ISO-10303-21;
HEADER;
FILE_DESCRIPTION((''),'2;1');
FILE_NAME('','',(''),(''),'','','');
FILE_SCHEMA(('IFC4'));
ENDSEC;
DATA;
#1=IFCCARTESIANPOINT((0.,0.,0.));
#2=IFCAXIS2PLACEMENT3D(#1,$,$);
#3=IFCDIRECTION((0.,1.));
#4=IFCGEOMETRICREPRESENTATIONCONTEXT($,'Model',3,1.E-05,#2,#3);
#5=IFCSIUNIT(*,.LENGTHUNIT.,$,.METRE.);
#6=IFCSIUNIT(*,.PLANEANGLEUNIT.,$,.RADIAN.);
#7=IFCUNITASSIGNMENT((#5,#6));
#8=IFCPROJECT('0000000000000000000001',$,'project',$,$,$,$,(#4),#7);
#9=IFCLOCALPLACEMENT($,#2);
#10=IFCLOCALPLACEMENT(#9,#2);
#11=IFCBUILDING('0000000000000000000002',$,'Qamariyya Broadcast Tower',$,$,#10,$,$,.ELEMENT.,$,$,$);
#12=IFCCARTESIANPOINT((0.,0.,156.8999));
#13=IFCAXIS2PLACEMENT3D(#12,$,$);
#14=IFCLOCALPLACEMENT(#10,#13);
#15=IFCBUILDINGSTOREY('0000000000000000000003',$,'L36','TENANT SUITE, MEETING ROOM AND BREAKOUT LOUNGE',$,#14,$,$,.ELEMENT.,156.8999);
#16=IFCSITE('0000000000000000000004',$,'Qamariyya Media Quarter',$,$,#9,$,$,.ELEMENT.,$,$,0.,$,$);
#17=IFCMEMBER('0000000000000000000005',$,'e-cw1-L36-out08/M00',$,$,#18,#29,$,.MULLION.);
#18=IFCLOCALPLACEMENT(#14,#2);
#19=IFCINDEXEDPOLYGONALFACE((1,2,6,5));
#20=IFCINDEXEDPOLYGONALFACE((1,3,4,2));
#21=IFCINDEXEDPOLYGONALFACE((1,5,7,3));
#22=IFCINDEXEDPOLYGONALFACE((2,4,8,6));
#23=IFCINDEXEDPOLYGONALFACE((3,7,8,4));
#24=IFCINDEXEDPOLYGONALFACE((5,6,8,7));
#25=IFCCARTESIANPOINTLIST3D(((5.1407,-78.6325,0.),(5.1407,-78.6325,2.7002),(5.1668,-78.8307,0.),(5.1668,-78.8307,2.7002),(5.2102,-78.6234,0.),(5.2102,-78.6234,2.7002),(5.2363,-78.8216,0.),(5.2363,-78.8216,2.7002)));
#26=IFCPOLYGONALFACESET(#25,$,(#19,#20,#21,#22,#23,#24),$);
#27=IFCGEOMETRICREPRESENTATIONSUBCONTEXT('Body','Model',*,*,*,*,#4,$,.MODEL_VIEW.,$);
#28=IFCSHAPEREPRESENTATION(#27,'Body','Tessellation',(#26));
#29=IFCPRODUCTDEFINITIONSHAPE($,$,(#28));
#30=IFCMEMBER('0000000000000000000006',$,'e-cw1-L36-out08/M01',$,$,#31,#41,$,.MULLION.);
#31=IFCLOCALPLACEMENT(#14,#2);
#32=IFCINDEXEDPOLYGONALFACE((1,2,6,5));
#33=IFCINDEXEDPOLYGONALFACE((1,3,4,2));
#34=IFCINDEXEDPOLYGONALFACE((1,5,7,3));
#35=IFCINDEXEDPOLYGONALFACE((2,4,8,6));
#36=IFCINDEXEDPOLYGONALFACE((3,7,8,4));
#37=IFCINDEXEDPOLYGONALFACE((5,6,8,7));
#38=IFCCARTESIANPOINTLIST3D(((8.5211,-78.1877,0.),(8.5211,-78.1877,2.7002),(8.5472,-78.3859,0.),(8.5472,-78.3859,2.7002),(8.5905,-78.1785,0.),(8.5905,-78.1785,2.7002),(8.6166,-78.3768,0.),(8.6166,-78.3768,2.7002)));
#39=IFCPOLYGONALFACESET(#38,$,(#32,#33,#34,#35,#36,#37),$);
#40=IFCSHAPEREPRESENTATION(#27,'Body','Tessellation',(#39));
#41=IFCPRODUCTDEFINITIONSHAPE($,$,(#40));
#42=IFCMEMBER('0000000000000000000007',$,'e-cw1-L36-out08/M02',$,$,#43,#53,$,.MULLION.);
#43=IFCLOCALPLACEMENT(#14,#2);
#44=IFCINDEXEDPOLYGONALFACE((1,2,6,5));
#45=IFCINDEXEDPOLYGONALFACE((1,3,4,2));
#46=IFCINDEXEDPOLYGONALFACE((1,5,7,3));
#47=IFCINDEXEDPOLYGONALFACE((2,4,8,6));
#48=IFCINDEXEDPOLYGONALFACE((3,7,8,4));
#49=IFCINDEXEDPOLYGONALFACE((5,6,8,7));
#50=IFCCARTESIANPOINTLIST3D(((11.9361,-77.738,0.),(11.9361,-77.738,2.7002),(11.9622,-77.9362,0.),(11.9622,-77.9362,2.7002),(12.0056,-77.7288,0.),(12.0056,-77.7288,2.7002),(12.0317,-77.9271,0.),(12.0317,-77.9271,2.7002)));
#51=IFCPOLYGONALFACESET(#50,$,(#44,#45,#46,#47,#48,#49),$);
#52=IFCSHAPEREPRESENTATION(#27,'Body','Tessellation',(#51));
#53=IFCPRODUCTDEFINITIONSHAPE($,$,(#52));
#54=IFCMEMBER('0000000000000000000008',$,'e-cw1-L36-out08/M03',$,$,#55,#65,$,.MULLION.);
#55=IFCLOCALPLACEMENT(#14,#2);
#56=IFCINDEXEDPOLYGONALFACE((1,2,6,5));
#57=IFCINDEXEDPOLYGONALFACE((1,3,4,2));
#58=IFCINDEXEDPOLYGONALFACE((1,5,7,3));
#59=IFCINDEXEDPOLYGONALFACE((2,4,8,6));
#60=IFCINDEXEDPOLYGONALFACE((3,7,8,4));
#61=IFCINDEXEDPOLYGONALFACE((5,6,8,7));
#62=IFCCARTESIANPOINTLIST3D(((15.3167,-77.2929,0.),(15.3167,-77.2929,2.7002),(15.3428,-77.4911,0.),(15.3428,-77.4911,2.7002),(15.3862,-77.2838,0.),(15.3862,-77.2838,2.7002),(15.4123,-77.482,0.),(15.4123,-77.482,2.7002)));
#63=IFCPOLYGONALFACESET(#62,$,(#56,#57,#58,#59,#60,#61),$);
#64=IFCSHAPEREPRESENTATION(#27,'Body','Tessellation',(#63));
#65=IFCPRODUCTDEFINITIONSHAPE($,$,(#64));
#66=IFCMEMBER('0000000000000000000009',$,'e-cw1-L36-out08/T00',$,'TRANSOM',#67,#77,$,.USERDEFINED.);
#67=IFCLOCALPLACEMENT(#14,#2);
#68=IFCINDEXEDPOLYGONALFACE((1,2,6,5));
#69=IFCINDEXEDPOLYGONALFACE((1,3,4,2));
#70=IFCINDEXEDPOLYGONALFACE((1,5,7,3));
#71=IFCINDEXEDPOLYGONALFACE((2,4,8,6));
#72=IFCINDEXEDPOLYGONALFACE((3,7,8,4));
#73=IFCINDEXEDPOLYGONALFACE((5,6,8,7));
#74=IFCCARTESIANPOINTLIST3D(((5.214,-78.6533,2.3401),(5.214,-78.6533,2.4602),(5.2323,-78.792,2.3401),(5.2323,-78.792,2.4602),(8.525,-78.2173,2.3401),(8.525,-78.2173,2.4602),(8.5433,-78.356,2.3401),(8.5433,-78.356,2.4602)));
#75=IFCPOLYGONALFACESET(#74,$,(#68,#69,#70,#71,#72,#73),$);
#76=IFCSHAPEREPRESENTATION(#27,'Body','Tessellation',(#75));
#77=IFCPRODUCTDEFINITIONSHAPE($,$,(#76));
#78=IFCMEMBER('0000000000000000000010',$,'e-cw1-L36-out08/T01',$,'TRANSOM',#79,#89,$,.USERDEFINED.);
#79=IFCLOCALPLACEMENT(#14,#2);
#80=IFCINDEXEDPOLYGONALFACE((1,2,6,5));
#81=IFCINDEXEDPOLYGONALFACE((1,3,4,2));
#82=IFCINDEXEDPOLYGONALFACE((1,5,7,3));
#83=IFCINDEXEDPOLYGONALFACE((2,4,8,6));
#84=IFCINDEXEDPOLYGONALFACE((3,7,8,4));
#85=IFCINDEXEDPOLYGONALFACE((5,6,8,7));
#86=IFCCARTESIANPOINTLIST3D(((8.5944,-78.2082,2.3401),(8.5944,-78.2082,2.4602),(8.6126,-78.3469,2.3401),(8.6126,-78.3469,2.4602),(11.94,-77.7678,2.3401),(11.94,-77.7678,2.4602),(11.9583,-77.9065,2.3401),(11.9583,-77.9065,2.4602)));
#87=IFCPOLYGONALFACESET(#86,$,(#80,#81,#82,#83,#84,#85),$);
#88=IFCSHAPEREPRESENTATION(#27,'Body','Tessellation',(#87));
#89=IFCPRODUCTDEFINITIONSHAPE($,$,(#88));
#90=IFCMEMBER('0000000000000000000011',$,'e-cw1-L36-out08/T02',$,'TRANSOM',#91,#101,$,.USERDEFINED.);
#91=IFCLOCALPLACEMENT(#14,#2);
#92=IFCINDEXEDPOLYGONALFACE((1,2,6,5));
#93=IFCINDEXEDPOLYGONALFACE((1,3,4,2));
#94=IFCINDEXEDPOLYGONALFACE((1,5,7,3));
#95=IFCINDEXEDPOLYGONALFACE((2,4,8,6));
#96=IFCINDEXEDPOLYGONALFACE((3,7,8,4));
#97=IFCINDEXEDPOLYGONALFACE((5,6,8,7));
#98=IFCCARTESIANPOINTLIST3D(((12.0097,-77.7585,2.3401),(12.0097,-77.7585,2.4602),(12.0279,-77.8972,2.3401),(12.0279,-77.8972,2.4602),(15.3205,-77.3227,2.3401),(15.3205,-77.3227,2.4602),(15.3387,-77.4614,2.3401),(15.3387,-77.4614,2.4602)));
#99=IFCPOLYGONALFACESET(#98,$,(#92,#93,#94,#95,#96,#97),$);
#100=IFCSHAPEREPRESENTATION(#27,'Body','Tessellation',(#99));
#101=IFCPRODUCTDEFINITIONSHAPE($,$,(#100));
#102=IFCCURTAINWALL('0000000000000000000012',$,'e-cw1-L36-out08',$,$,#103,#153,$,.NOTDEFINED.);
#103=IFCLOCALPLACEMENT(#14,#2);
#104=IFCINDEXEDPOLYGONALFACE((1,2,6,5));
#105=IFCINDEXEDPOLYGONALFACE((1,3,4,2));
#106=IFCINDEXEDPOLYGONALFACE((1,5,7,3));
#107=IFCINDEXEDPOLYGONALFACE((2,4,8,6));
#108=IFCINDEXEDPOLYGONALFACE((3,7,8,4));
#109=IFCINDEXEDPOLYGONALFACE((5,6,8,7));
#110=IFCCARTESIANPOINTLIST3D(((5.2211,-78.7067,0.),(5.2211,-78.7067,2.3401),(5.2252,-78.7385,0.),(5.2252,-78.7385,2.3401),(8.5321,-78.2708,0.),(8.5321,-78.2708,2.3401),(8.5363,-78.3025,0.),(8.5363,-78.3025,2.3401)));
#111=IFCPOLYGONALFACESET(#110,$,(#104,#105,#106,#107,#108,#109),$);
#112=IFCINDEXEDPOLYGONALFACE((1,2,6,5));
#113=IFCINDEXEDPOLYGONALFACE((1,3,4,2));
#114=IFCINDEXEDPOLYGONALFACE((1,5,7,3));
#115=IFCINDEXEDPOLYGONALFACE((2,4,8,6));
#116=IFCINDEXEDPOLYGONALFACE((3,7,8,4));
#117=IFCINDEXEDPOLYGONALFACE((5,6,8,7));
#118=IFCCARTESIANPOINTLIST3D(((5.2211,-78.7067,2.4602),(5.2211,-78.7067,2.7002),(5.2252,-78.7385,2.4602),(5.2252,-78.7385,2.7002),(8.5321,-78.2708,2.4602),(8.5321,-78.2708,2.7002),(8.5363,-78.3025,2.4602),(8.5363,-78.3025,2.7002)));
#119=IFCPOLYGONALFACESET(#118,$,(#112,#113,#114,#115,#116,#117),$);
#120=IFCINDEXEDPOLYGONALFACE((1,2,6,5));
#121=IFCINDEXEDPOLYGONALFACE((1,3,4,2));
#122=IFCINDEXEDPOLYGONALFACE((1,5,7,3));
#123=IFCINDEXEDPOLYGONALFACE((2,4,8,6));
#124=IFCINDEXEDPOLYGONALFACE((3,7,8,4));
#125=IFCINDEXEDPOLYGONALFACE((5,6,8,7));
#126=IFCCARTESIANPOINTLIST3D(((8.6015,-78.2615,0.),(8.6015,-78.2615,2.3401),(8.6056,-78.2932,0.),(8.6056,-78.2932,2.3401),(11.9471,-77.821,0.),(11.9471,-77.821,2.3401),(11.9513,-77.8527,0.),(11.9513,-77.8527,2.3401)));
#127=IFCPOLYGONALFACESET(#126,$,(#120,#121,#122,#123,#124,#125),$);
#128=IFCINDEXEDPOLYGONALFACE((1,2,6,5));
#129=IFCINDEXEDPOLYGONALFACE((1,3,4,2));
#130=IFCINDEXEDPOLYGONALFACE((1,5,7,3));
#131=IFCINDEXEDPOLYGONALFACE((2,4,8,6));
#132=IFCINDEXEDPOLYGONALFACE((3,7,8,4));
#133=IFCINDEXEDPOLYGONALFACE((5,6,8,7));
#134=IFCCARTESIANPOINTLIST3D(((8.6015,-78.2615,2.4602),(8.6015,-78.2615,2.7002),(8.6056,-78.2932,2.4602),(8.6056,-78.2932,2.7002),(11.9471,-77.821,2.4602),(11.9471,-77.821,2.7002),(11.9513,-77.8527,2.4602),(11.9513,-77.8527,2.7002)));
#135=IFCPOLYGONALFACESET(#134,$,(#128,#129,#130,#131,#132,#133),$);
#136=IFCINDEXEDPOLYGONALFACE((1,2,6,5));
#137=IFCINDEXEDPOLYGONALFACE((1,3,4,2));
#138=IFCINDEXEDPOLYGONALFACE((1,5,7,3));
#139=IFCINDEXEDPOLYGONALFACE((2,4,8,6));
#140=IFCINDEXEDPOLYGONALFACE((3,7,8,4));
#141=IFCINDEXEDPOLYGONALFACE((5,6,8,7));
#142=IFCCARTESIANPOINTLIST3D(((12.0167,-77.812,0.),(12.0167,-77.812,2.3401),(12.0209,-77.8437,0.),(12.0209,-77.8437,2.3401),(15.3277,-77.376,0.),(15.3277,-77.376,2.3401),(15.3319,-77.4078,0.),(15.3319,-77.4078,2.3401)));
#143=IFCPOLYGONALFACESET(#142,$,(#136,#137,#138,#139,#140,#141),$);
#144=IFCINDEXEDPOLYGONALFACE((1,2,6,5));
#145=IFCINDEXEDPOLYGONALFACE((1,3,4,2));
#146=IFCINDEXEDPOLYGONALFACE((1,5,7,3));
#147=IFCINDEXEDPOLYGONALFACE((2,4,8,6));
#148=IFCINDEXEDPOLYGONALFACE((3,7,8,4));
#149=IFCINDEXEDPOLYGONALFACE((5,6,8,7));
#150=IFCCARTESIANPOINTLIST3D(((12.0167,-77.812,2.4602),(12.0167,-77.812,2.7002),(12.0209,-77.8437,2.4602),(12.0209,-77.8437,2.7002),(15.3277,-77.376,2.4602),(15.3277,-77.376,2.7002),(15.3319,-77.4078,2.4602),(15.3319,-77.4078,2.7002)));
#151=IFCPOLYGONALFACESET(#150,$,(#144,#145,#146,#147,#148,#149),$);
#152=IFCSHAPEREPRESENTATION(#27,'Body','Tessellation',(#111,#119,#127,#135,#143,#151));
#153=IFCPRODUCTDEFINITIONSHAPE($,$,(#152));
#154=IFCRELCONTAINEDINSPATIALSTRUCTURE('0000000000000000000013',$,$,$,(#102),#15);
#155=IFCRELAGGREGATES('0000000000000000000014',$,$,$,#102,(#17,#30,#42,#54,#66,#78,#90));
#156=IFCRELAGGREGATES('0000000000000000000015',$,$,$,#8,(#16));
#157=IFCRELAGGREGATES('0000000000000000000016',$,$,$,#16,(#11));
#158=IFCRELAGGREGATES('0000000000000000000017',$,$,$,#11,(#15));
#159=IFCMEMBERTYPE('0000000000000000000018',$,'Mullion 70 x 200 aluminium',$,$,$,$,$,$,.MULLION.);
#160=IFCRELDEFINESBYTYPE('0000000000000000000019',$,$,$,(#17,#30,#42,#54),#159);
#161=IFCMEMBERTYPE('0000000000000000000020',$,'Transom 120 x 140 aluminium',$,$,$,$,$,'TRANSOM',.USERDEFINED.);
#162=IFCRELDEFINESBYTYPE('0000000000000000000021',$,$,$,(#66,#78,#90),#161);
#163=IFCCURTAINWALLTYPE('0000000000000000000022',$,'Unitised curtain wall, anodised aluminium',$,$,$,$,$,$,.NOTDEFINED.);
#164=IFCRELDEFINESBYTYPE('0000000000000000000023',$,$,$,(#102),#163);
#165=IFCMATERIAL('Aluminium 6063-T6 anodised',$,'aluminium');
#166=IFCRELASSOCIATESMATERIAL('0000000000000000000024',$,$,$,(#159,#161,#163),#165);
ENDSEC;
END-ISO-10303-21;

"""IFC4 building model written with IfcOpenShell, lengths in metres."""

from ifc_helpers import new_model, si_unit, direction, frame, origin, origin_2d, place, context, subcontext, project, spatial, rectangle, extrude, material, material_profile, profile_set, type_object, element, aggregate, save


model = new_model("IFC4")

# Units and contexts
model_context = context("Model", 3, precision=1e-05, world=origin(), true_north=direction((0.0, 1.0)))
body_context = subcontext(model_context, "Body", "Model", "MODEL_VIEW")
ifc_project = project(units=[si_unit("LENGTHUNIT", "METRE"), si_unit("PLANEANGLEUNIT", "RADIAN")], contexts=[model_context])

# Members
ifc_material = material(Name="Aluminium 6063-T6 anodised", Category="aluminium")
ifc_material_profile_1 = material_profile(ifc_material, rectangle(XDim=0.2, YDim=0.0701, at=origin_2d()))
ifc_profile_set_1 = profile_set([ifc_material_profile_1], Name="Aluminium 6063-T6 anodised")
member_type_1 = type_object("IfcMemberType", Name="Mullion 70 x 200 aluminium", PredefinedType="MULLION", material=ifc_profile_set_1)
site_placement = place(None, origin())
building_placement = place(site_placement, origin())
storey_placement = place(building_placement, frame((0.0, 0.0, 156.8999)))
member_1_placement = place(storey_placement, frame((5.1885, -78.7271, 0.0), z_axis=(0.0, 0.0, 1.0), x_axis=(-0.130526, 0.991445, 0.0)))
member_1 = element("IfcMember", 1, at=member_1_placement, type_object=member_type_1, Name="e-cw1-L36-out08/M00", PredefinedType="MULLION", context=body_context, shape_type="SweptSolid", body=[
    extrude(rectangle(XDim=0.2, YDim=0.0701, at=origin_2d()), origin(), (0.0, 0.0, 1.0), 2.7002),
])
member_2_placement = place(storey_placement, frame((8.5688, -78.2822, 0.0), z_axis=(0.0, 0.0, 1.0), x_axis=(-0.130526, 0.991445, 0.0)))
member_2 = element("IfcMember", 2, at=member_2_placement, type_object=member_type_1, Name="e-cw1-L36-out08/M01", PredefinedType="MULLION", context=body_context, shape_type="SweptSolid", body=[
    extrude(rectangle(XDim=0.2, YDim=0.0701, at=origin_2d()), origin(), (0.0, 0.0, 1.0), 2.7002),
])
member_3_placement = place(storey_placement, frame((11.9839, -77.8325, 0.0), z_axis=(0.0, 0.0, 1.0), x_axis=(-0.130526, 0.991445, 0.0)))
member_3 = element("IfcMember", 3, at=member_3_placement, type_object=member_type_1, Name="e-cw1-L36-out08/M02", PredefinedType="MULLION", context=body_context, shape_type="SweptSolid", body=[
    extrude(rectangle(XDim=0.2, YDim=0.0701, at=origin_2d()), origin(), (0.0, 0.0, 1.0), 2.7002),
])
member_4_placement = place(storey_placement, frame((15.3645, -77.3875, 0.0), z_axis=(0.0, 0.0, 1.0), x_axis=(-0.130526, 0.991445, 0.0)))
member_4 = element("IfcMember", 4, at=member_4_placement, type_object=member_type_1, Name="e-cw1-L36-out08/M03", PredefinedType="MULLION", context=body_context, shape_type="SweptSolid", body=[
    extrude(rectangle(XDim=0.2, YDim=0.0701, at=origin_2d()), origin(), (0.0, 0.0, 1.0), 2.7002),
])
ifc_material_profile_2 = material_profile(ifc_material, rectangle(XDim=0.1399, YDim=0.1201, at=origin_2d()))
ifc_profile_set_2 = profile_set([ifc_material_profile_2], Name="Aluminium 6063-T6 anodised")
member_type_2 = type_object("IfcMemberType", Name="Transom 120 x 140 aluminium", ElementType="TRANSOM", PredefinedType="USERDEFINED", material=ifc_profile_set_2)
member_5_placement = place(storey_placement, frame((5.2231, -78.7227, 2.4001), z_axis=(0.99144, 0.130564, 0.0), x_axis=(-0.130564, 0.99144, 0.0)))
member_5 = element("IfcMember", 5, at=member_5_placement, type_object=member_type_2, Name="e-cw1-L36-out08/T00", ObjectType="TRANSOM", PredefinedType="USERDEFINED", context=body_context, shape_type="SweptSolid", body=[
    extrude(rectangle(XDim=0.1399, YDim=0.1201, at=origin_2d()), origin(), (0.0, 0.0, 1.0), 3.3396),
])
member_6_placement = place(storey_placement, frame((8.6035, -78.2776, 2.4001), z_axis=(0.991446, 0.130514, 0.0), x_axis=(-0.130514, 0.991446, 0.0)))
member_6 = element("IfcMember", 6, at=member_6_placement, type_object=member_type_2, Name="e-cw1-L36-out08/T01", ObjectType="TRANSOM", PredefinedType="USERDEFINED", context=body_context, shape_type="SweptSolid", body=[
    extrude(rectangle(XDim=0.1399, YDim=0.1201, at=origin_2d()), origin(), (0.0, 0.0, 1.0), 3.3745),
])
member_7_placement = place(storey_placement, frame((12.0188, -77.8279, 2.4001), z_axis=(0.991448, 0.130502, 0.0), x_axis=(-0.130502, 0.991448, 0.0)))
member_7 = element("IfcMember", 7, at=member_7_placement, type_object=member_type_2, Name="e-cw1-L36-out08/T02", ObjectType="TRANSOM", PredefinedType="USERDEFINED", context=body_context, shape_type="SweptSolid", body=[
    extrude(rectangle(XDim=0.1399, YDim=0.1201, at=origin_2d()), origin(), (0.0, 0.0, 1.0), 3.3394),
])

# Site, building, storey
site = spatial("IfcSite", under=ifc_project, at=site_placement, Name="Qamariyya Media Quarter", CompositionType="ELEMENT", RefElevation=0.0)
building = spatial("IfcBuilding", under=site, at=building_placement, Name="Qamariyya Broadcast Tower", CompositionType="ELEMENT")
storey = spatial("IfcBuildingStorey", under=building, at=storey_placement, Name="L36", Description="TENANT SUITE, MEETING ROOM AND BREAKOUT LOUNGE", CompositionType="ELEMENT", Elevation=156.8999)

# Curtain wall
curtain_wall_type = type_object("IfcCurtainWallType", Name="Unitised curtain wall, anodised aluminium", PredefinedType="NOTDEFINED", material=ifc_material)
curtain_wall_1_placement = place(storey_placement, origin())
curtain_wall_1 = element("IfcCurtainWall", 8, at=curtain_wall_1_placement, inside=storey, type_object=curtain_wall_type, Name="e-cw1-L36-out08", PredefinedType="NOTDEFINED", context=body_context, shape_type="SweptSolid", body=[
    extrude(rectangle(XDim=3.3396, YDim=0.032, at=origin_2d()), frame((6.8787, -78.5046, 0.0), x_axis=(0.991444, 0.130531, 0.0)), (0.0, 0.0, 1.0), 2.3401),
    extrude(rectangle(XDim=3.3396, YDim=0.032, at=origin_2d()), frame((6.8787, -78.5046, 2.4602), x_axis=(0.991444, 0.130531, 0.0)), (0.0, 0.0, 1.0), 0.24),
    extrude(rectangle(XDim=3.3745, YDim=0.032, at=origin_2d()), frame((10.2764, -78.0571, 0.0), x_axis=(0.991444, 0.130531, 0.0)), (0.0, 0.0, 1.0), 2.3401),
    extrude(rectangle(XDim=3.3745, YDim=0.032, at=origin_2d()), frame((10.2764, -78.0571, 2.4602), x_axis=(0.991444, 0.130531, 0.0)), (0.0, 0.0, 1.0), 0.24),
    extrude(rectangle(XDim=3.3396, YDim=0.032, at=origin_2d()), frame((13.6743, -77.6099, 0.0), x_axis=(0.991444, 0.130531, 0.0)), (0.0, 0.0, 1.0), 2.3401),
    extrude(rectangle(XDim=3.3396, YDim=0.032, at=origin_2d()), frame((13.6743, -77.6099, 2.4602), x_axis=(0.991444, 0.130531, 0.0)), (0.0, 0.0, 1.0), 0.24),
])
aggregate(curtain_wall_1, [member_1, member_2, member_3, member_4, member_5, member_6, member_7])

save(model, "model.ifc")
